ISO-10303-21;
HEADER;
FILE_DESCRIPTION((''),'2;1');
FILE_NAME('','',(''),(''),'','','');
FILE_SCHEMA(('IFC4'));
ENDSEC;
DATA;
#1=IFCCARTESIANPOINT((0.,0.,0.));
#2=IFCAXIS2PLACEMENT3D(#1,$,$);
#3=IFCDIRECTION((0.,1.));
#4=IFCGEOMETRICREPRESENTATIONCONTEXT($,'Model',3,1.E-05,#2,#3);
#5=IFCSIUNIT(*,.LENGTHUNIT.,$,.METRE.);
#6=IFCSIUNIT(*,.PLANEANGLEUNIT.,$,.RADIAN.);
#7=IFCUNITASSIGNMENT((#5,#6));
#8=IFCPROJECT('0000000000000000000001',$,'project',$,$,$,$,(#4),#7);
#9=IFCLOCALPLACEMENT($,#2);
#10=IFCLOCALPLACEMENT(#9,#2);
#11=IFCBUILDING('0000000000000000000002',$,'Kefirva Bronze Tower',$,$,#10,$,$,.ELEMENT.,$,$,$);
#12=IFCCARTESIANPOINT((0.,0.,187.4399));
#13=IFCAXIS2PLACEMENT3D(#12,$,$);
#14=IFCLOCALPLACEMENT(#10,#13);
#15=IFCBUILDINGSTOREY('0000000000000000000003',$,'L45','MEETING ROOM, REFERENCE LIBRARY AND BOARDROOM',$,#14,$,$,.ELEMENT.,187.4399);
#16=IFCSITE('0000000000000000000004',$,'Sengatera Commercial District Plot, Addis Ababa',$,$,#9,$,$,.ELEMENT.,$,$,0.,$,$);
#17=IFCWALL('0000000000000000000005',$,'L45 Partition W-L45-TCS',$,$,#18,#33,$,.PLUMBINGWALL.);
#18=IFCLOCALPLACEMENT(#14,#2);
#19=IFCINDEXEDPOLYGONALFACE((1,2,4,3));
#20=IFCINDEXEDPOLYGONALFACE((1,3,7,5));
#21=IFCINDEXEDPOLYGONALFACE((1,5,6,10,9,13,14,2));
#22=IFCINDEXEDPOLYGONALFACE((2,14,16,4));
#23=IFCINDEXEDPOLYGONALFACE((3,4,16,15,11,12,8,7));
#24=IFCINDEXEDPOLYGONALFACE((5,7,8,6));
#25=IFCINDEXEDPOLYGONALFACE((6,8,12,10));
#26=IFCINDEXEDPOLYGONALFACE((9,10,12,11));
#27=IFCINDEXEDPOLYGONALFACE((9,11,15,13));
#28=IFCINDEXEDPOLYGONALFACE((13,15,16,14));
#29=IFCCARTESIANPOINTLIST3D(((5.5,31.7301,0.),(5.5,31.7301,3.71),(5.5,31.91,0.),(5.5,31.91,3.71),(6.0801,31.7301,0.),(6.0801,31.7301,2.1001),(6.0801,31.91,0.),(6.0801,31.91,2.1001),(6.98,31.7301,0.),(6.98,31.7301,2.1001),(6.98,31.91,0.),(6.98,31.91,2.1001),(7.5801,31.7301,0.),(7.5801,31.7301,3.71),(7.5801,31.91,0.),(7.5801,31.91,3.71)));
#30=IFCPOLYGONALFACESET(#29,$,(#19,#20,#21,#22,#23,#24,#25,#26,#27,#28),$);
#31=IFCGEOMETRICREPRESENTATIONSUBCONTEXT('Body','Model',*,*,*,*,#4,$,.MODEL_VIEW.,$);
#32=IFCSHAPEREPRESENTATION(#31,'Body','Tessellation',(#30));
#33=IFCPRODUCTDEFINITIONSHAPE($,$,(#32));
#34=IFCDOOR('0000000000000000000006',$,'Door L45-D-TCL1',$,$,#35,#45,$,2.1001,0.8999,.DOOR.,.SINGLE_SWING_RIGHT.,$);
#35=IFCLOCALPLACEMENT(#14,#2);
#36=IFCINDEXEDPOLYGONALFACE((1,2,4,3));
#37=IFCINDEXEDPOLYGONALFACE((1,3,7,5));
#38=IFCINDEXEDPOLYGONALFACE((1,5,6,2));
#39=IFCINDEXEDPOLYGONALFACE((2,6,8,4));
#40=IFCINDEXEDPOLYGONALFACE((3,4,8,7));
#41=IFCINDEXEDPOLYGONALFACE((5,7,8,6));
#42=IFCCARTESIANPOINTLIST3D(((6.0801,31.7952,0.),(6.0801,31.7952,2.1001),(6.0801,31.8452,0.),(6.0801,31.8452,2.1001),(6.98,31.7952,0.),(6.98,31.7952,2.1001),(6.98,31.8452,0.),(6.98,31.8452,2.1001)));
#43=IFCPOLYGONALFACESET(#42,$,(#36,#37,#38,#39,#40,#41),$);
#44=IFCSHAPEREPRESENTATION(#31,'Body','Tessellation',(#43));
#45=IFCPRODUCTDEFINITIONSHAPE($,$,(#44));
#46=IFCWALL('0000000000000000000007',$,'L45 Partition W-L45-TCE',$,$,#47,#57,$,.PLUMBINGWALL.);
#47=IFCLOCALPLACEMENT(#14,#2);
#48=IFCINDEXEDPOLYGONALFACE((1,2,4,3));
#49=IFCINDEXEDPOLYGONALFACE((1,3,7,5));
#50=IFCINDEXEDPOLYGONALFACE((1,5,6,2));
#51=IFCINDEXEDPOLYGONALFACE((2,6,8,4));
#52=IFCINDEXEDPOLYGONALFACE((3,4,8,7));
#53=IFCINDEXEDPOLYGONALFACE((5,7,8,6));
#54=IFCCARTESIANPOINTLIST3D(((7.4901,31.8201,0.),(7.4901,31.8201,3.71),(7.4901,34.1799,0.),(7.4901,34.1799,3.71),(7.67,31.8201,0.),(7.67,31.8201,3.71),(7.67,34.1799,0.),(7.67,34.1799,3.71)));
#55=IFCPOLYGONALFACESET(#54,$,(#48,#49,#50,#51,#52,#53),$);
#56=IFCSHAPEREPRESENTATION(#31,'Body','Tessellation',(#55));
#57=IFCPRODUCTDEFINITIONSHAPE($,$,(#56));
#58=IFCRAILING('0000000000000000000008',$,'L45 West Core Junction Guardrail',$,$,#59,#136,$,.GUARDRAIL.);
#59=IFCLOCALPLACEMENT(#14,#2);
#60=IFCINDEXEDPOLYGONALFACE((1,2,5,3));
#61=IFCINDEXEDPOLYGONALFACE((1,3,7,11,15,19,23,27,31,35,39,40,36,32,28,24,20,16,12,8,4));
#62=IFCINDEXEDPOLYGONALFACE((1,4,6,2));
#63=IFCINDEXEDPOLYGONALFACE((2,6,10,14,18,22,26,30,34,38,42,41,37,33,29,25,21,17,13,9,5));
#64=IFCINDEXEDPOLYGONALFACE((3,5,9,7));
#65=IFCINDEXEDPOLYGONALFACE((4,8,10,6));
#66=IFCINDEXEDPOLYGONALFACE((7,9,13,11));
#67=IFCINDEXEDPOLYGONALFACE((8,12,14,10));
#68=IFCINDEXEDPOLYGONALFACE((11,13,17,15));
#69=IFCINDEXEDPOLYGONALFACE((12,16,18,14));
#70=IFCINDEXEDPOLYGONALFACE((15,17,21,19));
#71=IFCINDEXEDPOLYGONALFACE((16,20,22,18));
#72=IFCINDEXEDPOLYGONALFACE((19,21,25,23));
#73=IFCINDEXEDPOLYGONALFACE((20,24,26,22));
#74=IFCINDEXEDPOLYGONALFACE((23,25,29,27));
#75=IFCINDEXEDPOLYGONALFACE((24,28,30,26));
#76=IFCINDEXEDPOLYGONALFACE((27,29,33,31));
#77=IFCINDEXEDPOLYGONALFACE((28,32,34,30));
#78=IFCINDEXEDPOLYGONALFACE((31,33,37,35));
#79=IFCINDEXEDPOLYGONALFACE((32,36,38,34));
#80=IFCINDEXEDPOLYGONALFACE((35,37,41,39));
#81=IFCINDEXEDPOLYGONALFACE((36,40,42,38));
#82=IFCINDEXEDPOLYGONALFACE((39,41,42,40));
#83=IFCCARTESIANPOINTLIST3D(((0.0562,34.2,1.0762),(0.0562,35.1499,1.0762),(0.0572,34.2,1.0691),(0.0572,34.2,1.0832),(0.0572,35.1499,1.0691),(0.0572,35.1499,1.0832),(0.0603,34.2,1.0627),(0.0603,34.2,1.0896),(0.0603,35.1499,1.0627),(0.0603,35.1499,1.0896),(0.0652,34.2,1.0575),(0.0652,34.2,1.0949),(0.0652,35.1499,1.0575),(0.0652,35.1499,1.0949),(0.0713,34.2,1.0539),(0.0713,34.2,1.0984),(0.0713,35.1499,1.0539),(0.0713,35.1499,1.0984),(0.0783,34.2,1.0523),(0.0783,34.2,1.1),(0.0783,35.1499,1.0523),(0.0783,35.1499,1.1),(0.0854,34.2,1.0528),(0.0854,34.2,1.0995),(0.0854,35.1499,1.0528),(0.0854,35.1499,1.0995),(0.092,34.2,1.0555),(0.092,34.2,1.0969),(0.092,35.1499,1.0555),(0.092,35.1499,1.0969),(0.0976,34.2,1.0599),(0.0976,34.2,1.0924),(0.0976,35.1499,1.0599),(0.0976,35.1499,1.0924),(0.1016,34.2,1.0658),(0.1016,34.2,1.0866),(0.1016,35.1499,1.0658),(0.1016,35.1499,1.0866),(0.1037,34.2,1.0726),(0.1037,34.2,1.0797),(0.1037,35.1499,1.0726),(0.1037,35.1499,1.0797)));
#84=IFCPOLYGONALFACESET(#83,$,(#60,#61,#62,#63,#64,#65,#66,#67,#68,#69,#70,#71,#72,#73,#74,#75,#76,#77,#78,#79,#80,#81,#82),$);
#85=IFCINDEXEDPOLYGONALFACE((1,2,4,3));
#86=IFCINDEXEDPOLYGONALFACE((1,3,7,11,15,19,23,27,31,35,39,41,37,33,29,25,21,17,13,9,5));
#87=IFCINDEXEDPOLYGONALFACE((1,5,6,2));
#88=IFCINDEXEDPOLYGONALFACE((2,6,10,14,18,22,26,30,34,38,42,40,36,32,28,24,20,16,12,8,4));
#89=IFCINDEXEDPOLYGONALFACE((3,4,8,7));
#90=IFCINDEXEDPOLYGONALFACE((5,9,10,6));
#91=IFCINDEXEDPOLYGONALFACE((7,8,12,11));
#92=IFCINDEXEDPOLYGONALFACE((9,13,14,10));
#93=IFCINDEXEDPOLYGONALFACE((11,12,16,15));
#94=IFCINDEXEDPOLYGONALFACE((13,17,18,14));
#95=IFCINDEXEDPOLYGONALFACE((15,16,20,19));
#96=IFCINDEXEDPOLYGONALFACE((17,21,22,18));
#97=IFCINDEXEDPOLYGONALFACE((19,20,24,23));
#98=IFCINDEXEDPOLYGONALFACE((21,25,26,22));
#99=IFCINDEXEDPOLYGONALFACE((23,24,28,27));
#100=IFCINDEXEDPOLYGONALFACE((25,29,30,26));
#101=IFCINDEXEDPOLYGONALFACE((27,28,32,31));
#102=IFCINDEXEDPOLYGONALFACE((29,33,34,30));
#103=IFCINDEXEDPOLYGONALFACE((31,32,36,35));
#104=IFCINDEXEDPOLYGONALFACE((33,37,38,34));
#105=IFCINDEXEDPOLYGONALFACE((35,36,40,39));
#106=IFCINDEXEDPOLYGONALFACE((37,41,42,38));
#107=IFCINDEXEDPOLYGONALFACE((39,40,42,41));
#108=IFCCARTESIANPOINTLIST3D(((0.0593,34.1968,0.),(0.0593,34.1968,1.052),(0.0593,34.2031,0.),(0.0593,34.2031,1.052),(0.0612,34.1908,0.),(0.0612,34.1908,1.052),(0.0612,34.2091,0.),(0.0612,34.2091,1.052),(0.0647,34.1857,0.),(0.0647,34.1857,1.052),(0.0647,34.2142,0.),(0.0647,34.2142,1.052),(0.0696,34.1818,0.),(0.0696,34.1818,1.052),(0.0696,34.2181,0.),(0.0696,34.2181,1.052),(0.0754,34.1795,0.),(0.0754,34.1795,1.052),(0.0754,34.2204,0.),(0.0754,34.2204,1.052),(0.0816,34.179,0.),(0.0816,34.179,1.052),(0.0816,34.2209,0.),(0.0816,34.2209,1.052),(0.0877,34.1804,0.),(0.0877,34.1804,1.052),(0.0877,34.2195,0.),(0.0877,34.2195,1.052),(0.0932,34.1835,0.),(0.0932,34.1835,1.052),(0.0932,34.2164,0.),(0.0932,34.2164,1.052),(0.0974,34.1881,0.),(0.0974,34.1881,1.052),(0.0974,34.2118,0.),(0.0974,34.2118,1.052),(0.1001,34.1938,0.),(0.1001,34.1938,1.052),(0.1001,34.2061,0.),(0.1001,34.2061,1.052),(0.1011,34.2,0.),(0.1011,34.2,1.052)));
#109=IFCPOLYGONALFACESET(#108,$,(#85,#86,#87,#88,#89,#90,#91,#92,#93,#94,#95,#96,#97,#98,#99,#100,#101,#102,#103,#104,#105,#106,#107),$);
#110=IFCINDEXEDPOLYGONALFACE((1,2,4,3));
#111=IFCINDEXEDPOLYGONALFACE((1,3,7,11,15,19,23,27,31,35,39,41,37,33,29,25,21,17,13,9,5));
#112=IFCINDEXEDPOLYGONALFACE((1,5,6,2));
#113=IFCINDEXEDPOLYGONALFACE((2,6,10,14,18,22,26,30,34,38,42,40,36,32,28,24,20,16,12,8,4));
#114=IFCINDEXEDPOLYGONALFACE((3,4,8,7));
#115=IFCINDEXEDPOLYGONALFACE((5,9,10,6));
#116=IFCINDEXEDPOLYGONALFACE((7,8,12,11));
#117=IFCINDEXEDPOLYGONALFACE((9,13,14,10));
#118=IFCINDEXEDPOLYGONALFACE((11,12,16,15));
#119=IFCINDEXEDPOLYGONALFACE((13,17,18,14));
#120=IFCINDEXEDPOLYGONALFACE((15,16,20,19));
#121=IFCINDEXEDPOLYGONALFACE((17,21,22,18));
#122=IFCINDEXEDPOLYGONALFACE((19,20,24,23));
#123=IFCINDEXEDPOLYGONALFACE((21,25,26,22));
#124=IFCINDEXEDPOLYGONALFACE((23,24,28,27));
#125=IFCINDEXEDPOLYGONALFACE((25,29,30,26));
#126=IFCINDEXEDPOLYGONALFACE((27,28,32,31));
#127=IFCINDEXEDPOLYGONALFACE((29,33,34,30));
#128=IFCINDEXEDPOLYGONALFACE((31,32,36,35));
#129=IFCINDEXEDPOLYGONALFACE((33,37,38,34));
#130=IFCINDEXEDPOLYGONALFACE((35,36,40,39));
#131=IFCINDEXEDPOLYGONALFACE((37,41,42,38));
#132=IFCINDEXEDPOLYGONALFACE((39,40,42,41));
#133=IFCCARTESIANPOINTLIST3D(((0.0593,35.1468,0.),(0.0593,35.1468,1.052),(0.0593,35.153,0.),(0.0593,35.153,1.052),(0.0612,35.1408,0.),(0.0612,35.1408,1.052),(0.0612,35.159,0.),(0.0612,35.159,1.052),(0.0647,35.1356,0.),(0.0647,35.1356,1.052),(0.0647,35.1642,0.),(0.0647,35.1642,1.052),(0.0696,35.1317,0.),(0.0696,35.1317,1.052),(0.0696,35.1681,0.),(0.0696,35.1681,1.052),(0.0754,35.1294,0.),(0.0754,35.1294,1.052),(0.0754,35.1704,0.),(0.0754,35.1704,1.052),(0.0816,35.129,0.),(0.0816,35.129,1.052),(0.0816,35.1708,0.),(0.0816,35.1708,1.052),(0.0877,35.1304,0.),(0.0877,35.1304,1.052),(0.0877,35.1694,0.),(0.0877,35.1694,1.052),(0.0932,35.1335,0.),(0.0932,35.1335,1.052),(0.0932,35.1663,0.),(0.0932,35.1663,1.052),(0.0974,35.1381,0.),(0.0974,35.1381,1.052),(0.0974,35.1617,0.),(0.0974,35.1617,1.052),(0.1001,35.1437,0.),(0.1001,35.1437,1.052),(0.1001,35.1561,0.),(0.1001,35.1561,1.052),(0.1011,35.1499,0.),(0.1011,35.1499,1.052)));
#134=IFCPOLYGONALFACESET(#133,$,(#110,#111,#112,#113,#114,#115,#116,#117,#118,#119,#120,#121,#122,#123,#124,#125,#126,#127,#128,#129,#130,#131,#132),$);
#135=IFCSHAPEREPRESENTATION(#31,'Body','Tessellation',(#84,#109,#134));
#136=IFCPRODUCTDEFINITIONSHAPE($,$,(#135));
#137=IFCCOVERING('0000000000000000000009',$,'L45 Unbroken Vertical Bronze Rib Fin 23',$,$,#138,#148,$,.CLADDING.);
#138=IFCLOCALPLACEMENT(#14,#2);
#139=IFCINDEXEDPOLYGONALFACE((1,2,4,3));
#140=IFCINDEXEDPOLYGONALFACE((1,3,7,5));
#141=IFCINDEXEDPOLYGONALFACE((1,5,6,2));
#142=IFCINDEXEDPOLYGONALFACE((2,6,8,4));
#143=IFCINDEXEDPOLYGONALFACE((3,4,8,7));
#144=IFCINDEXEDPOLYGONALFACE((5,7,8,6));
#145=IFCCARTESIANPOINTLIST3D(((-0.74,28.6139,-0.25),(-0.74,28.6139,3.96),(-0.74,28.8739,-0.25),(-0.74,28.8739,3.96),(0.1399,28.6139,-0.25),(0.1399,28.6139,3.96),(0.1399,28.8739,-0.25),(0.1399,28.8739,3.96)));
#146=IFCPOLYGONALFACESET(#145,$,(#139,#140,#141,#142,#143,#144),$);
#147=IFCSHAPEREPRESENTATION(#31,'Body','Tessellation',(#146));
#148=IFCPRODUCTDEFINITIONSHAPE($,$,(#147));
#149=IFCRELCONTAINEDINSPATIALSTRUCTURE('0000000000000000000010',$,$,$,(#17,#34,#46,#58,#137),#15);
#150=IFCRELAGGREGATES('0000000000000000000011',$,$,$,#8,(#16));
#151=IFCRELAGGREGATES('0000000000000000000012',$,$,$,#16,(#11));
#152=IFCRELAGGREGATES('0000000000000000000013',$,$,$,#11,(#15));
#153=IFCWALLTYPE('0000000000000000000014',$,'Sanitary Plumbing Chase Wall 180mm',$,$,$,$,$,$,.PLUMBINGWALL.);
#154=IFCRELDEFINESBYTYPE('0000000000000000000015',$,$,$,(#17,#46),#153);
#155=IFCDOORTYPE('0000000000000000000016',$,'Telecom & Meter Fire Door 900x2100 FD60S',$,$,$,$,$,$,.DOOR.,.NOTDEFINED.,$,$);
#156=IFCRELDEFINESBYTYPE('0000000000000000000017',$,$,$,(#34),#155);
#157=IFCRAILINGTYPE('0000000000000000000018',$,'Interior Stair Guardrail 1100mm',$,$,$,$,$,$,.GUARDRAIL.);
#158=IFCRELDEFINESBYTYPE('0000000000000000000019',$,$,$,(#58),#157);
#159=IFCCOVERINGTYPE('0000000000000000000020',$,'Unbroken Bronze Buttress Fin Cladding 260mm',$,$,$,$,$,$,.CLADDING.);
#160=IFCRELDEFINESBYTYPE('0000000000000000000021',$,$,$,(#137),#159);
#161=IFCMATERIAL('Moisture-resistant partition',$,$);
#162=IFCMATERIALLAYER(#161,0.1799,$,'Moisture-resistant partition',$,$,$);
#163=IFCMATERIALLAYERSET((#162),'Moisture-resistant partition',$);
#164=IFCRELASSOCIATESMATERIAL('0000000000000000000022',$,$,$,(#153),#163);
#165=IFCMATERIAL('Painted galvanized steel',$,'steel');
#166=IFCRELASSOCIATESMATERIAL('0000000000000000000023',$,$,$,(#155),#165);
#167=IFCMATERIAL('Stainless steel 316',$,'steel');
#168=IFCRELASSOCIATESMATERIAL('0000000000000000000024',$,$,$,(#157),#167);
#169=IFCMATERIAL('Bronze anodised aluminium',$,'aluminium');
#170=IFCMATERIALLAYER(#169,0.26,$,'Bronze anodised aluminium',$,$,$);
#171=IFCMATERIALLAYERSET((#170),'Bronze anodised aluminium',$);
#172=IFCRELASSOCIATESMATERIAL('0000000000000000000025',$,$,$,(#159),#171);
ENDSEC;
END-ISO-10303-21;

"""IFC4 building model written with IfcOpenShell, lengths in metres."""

from ifc_helpers import new_model, si_unit, direction, frame, frame_2d, origin, origin_2d, place, context, subcontext, project, spatial, rectangle, circle, extrude, material, layer, layer_set, type_object, element, fill, save


model = new_model("IFC4")

# Units and contexts
model_context = context("Model", 3, precision=1e-05, world=origin(), true_north=direction((0.0, 1.0)))
body_context = subcontext(model_context, "Body", "Model", "MODEL_VIEW")
ifc_project = project(units=[si_unit("LENGTHUNIT", "METRE"), si_unit("PLANEANGLEUNIT", "RADIAN")], contexts=[model_context])

# Site, building, storey
site_placement = place(None, origin())
site = spatial("IfcSite", under=ifc_project, at=site_placement, Name="Sengatera Commercial District Plot, Addis Ababa", CompositionType="ELEMENT", RefElevation=0.0)
building_placement = place(site_placement, origin())
building = spatial("IfcBuilding", under=site, at=building_placement, Name="Kefirva Bronze Tower", CompositionType="ELEMENT")
storey_placement = place(building_placement, frame((0.0, 0.0, 187.4399)))
storey = spatial("IfcBuildingStorey", under=building, at=storey_placement, Name="L45", Description="MEETING ROOM, REFERENCE LIBRARY AND BOARDROOM", CompositionType="ELEMENT", Elevation=187.4399)

# Shared definitions
ifc_material_1 = material(Name="Bronze anodised aluminium", Category="aluminium")

# Wall, opening, door
ifc_material_2 = material(Name="Moisture-resistant partition")
ifc_layer_1 = layer(ifc_material_2, 0.1799, Name="Moisture-resistant partition")
ifc_layer_set_1 = layer_set([ifc_layer_1], Name="Moisture-resistant partition")
wall_type_1 = type_object("IfcWallType", Name="Sanitary Plumbing Chase Wall 180mm", PredefinedType="PLUMBINGWALL", material=ifc_layer_set_1)
wall_1_placement = place(storey_placement, frame((5.5, 31.8201, 0.0), z_axis=(0.0, 0.0, 1.0), x_axis=(1.0, 0.0, 0.0)))
wall_1 = element("IfcWall", 1, at=wall_1_placement, inside=storey, type_object=wall_type_1, Name="L45 Partition W-L45-TCS", PredefinedType="PLUMBINGWALL", context=body_context, shape_type="SweptSolid", body=[
    extrude(rectangle(XDim=2.0801, YDim=0.1799, at=frame_2d((1.04, 0.0))), origin(), (0.0, 0.0, 1.0), 3.71),
])
opening_placement = place(wall_1_placement, frame((1.48, 0.0, 0.0), z_axis=(0.0, 0.0, 1.0), x_axis=(-1.0, 0.0, 0.0)))
opening = element("IfcOpeningElement", 2, at=opening_placement, cuts=wall_1, PredefinedType="OPENING", context=body_context, shape_type="SweptSolid", body=[
    extrude(rectangle(XDim=0.8999, YDim=2.1001, at=frame_2d((0.45, 1.05))), frame((0.0, 0.1001, 0.0), z_axis=(0.0, -1.0, 0.0), x_axis=(1.0, 0.0, 0.0)), (0.0, 0.0, 1.0), 0.2),
])
ifc_material_3 = material(Name="Painted galvanized steel", Category="steel")
door_type = type_object("IfcDoorType", Name="Telecom & Meter Fire Door 900x2100 FD60S", OperationType="NOTDEFINED", PredefinedType="DOOR", material=ifc_material_3)
door_placement = place(opening_placement, origin())
door = element("IfcDoor", 3, at=door_placement, inside=storey, type_object=door_type, Name="Door L45-D-TCL1", OperationType="SINGLE_SWING_RIGHT", OverallHeight=2.1001, OverallWidth=0.8999, PredefinedType="DOOR", context=body_context, shape_type="SweptSolid", body=[
    extrude(rectangle(XDim=0.8999, YDim=2.1001, at=frame_2d((0.45, 1.05))), frame((0.0, 0.0249, 0.0), z_axis=(0.0, -1.0, 0.0), x_axis=(1.0, 0.0, 0.0)), (0.0, 0.0, 1.0), 0.05),
])
fill(opening, door)

# Wall
wall_2_placement = place(storey_placement, frame((7.5801, 31.8201, 0.0), z_axis=(0.0, 0.0, 1.0), x_axis=(0.0, 1.0, 0.0)))
element("IfcWall", 4, at=wall_2_placement, inside=storey, type_object=wall_type_1, Name="L45 Partition W-L45-TCE", PredefinedType="PLUMBINGWALL", context=body_context, shape_type="SweptSolid", body=[
    extrude(rectangle(XDim=2.3599, YDim=0.1799, at=frame_2d((1.1799, 0.0))), origin(), (0.0, 0.0, 1.0), 3.71),
])

# Railing
ifc_material_4 = material(Name="Stainless steel 316", Category="steel")
railing_type = type_object("IfcRailingType", Name="Interior Stair Guardrail 1100mm", PredefinedType="GUARDRAIL", material=ifc_material_4)
railing_placement = place(storey_placement, frame((0.0801, 34.2, 0.0)))
element("IfcRailing", 5, at=railing_placement, inside=storey, type_object=railing_type, Name="L45 West Core Junction Guardrail", PredefinedType="GUARDRAIL", context=body_context, shape_type="SweptSolid", body=[
    extrude(circle(Radius=0.0239, at=origin_2d()), frame((0.0, 0.0, 1.0762), z_axis=(0.0, 1.0, 0.0), x_axis=(-1.0, 0.0, 0.0)), (0.0, 0.0, 1.0), 0.95),
    extrude(circle(Radius=0.021, at=origin_2d()), origin(), (0.0, 0.0, 1.0), 1.052),
    extrude(circle(Radius=0.021, at=origin_2d()), frame((0.0, 0.95, 0.0)), (0.0, 0.0, 1.0), 1.052),
])

# Covering
ifc_layer_2 = layer(ifc_material_1, 0.26, Name="Bronze anodised aluminium")
ifc_layer_set_2 = layer_set([ifc_layer_2], Name="Bronze anodised aluminium")
covering_type = type_object("IfcCoveringType", Name="Unbroken Bronze Buttress Fin Cladding 260mm", PredefinedType="CLADDING", material=ifc_layer_set_2)
covering_placement = place(storey_placement, frame((-0.3, 28.7439, -0.25), z_axis=(0.0, 0.0, 1.0), x_axis=(0.0, -1.0, 0.0)))
element("IfcCovering", 6, at=covering_placement, inside=storey, type_object=covering_type, Name="L45 Unbroken Vertical Bronze Rib Fin 23", PredefinedType="CLADDING", context=body_context, shape_type="SweptSolid", body=[
    extrude(rectangle(XDim=0.26, YDim=0.8799, at=origin_2d()), origin(), (0.0, 0.0, 1.0), 4.21),
])

save(model, "model.ifc")
